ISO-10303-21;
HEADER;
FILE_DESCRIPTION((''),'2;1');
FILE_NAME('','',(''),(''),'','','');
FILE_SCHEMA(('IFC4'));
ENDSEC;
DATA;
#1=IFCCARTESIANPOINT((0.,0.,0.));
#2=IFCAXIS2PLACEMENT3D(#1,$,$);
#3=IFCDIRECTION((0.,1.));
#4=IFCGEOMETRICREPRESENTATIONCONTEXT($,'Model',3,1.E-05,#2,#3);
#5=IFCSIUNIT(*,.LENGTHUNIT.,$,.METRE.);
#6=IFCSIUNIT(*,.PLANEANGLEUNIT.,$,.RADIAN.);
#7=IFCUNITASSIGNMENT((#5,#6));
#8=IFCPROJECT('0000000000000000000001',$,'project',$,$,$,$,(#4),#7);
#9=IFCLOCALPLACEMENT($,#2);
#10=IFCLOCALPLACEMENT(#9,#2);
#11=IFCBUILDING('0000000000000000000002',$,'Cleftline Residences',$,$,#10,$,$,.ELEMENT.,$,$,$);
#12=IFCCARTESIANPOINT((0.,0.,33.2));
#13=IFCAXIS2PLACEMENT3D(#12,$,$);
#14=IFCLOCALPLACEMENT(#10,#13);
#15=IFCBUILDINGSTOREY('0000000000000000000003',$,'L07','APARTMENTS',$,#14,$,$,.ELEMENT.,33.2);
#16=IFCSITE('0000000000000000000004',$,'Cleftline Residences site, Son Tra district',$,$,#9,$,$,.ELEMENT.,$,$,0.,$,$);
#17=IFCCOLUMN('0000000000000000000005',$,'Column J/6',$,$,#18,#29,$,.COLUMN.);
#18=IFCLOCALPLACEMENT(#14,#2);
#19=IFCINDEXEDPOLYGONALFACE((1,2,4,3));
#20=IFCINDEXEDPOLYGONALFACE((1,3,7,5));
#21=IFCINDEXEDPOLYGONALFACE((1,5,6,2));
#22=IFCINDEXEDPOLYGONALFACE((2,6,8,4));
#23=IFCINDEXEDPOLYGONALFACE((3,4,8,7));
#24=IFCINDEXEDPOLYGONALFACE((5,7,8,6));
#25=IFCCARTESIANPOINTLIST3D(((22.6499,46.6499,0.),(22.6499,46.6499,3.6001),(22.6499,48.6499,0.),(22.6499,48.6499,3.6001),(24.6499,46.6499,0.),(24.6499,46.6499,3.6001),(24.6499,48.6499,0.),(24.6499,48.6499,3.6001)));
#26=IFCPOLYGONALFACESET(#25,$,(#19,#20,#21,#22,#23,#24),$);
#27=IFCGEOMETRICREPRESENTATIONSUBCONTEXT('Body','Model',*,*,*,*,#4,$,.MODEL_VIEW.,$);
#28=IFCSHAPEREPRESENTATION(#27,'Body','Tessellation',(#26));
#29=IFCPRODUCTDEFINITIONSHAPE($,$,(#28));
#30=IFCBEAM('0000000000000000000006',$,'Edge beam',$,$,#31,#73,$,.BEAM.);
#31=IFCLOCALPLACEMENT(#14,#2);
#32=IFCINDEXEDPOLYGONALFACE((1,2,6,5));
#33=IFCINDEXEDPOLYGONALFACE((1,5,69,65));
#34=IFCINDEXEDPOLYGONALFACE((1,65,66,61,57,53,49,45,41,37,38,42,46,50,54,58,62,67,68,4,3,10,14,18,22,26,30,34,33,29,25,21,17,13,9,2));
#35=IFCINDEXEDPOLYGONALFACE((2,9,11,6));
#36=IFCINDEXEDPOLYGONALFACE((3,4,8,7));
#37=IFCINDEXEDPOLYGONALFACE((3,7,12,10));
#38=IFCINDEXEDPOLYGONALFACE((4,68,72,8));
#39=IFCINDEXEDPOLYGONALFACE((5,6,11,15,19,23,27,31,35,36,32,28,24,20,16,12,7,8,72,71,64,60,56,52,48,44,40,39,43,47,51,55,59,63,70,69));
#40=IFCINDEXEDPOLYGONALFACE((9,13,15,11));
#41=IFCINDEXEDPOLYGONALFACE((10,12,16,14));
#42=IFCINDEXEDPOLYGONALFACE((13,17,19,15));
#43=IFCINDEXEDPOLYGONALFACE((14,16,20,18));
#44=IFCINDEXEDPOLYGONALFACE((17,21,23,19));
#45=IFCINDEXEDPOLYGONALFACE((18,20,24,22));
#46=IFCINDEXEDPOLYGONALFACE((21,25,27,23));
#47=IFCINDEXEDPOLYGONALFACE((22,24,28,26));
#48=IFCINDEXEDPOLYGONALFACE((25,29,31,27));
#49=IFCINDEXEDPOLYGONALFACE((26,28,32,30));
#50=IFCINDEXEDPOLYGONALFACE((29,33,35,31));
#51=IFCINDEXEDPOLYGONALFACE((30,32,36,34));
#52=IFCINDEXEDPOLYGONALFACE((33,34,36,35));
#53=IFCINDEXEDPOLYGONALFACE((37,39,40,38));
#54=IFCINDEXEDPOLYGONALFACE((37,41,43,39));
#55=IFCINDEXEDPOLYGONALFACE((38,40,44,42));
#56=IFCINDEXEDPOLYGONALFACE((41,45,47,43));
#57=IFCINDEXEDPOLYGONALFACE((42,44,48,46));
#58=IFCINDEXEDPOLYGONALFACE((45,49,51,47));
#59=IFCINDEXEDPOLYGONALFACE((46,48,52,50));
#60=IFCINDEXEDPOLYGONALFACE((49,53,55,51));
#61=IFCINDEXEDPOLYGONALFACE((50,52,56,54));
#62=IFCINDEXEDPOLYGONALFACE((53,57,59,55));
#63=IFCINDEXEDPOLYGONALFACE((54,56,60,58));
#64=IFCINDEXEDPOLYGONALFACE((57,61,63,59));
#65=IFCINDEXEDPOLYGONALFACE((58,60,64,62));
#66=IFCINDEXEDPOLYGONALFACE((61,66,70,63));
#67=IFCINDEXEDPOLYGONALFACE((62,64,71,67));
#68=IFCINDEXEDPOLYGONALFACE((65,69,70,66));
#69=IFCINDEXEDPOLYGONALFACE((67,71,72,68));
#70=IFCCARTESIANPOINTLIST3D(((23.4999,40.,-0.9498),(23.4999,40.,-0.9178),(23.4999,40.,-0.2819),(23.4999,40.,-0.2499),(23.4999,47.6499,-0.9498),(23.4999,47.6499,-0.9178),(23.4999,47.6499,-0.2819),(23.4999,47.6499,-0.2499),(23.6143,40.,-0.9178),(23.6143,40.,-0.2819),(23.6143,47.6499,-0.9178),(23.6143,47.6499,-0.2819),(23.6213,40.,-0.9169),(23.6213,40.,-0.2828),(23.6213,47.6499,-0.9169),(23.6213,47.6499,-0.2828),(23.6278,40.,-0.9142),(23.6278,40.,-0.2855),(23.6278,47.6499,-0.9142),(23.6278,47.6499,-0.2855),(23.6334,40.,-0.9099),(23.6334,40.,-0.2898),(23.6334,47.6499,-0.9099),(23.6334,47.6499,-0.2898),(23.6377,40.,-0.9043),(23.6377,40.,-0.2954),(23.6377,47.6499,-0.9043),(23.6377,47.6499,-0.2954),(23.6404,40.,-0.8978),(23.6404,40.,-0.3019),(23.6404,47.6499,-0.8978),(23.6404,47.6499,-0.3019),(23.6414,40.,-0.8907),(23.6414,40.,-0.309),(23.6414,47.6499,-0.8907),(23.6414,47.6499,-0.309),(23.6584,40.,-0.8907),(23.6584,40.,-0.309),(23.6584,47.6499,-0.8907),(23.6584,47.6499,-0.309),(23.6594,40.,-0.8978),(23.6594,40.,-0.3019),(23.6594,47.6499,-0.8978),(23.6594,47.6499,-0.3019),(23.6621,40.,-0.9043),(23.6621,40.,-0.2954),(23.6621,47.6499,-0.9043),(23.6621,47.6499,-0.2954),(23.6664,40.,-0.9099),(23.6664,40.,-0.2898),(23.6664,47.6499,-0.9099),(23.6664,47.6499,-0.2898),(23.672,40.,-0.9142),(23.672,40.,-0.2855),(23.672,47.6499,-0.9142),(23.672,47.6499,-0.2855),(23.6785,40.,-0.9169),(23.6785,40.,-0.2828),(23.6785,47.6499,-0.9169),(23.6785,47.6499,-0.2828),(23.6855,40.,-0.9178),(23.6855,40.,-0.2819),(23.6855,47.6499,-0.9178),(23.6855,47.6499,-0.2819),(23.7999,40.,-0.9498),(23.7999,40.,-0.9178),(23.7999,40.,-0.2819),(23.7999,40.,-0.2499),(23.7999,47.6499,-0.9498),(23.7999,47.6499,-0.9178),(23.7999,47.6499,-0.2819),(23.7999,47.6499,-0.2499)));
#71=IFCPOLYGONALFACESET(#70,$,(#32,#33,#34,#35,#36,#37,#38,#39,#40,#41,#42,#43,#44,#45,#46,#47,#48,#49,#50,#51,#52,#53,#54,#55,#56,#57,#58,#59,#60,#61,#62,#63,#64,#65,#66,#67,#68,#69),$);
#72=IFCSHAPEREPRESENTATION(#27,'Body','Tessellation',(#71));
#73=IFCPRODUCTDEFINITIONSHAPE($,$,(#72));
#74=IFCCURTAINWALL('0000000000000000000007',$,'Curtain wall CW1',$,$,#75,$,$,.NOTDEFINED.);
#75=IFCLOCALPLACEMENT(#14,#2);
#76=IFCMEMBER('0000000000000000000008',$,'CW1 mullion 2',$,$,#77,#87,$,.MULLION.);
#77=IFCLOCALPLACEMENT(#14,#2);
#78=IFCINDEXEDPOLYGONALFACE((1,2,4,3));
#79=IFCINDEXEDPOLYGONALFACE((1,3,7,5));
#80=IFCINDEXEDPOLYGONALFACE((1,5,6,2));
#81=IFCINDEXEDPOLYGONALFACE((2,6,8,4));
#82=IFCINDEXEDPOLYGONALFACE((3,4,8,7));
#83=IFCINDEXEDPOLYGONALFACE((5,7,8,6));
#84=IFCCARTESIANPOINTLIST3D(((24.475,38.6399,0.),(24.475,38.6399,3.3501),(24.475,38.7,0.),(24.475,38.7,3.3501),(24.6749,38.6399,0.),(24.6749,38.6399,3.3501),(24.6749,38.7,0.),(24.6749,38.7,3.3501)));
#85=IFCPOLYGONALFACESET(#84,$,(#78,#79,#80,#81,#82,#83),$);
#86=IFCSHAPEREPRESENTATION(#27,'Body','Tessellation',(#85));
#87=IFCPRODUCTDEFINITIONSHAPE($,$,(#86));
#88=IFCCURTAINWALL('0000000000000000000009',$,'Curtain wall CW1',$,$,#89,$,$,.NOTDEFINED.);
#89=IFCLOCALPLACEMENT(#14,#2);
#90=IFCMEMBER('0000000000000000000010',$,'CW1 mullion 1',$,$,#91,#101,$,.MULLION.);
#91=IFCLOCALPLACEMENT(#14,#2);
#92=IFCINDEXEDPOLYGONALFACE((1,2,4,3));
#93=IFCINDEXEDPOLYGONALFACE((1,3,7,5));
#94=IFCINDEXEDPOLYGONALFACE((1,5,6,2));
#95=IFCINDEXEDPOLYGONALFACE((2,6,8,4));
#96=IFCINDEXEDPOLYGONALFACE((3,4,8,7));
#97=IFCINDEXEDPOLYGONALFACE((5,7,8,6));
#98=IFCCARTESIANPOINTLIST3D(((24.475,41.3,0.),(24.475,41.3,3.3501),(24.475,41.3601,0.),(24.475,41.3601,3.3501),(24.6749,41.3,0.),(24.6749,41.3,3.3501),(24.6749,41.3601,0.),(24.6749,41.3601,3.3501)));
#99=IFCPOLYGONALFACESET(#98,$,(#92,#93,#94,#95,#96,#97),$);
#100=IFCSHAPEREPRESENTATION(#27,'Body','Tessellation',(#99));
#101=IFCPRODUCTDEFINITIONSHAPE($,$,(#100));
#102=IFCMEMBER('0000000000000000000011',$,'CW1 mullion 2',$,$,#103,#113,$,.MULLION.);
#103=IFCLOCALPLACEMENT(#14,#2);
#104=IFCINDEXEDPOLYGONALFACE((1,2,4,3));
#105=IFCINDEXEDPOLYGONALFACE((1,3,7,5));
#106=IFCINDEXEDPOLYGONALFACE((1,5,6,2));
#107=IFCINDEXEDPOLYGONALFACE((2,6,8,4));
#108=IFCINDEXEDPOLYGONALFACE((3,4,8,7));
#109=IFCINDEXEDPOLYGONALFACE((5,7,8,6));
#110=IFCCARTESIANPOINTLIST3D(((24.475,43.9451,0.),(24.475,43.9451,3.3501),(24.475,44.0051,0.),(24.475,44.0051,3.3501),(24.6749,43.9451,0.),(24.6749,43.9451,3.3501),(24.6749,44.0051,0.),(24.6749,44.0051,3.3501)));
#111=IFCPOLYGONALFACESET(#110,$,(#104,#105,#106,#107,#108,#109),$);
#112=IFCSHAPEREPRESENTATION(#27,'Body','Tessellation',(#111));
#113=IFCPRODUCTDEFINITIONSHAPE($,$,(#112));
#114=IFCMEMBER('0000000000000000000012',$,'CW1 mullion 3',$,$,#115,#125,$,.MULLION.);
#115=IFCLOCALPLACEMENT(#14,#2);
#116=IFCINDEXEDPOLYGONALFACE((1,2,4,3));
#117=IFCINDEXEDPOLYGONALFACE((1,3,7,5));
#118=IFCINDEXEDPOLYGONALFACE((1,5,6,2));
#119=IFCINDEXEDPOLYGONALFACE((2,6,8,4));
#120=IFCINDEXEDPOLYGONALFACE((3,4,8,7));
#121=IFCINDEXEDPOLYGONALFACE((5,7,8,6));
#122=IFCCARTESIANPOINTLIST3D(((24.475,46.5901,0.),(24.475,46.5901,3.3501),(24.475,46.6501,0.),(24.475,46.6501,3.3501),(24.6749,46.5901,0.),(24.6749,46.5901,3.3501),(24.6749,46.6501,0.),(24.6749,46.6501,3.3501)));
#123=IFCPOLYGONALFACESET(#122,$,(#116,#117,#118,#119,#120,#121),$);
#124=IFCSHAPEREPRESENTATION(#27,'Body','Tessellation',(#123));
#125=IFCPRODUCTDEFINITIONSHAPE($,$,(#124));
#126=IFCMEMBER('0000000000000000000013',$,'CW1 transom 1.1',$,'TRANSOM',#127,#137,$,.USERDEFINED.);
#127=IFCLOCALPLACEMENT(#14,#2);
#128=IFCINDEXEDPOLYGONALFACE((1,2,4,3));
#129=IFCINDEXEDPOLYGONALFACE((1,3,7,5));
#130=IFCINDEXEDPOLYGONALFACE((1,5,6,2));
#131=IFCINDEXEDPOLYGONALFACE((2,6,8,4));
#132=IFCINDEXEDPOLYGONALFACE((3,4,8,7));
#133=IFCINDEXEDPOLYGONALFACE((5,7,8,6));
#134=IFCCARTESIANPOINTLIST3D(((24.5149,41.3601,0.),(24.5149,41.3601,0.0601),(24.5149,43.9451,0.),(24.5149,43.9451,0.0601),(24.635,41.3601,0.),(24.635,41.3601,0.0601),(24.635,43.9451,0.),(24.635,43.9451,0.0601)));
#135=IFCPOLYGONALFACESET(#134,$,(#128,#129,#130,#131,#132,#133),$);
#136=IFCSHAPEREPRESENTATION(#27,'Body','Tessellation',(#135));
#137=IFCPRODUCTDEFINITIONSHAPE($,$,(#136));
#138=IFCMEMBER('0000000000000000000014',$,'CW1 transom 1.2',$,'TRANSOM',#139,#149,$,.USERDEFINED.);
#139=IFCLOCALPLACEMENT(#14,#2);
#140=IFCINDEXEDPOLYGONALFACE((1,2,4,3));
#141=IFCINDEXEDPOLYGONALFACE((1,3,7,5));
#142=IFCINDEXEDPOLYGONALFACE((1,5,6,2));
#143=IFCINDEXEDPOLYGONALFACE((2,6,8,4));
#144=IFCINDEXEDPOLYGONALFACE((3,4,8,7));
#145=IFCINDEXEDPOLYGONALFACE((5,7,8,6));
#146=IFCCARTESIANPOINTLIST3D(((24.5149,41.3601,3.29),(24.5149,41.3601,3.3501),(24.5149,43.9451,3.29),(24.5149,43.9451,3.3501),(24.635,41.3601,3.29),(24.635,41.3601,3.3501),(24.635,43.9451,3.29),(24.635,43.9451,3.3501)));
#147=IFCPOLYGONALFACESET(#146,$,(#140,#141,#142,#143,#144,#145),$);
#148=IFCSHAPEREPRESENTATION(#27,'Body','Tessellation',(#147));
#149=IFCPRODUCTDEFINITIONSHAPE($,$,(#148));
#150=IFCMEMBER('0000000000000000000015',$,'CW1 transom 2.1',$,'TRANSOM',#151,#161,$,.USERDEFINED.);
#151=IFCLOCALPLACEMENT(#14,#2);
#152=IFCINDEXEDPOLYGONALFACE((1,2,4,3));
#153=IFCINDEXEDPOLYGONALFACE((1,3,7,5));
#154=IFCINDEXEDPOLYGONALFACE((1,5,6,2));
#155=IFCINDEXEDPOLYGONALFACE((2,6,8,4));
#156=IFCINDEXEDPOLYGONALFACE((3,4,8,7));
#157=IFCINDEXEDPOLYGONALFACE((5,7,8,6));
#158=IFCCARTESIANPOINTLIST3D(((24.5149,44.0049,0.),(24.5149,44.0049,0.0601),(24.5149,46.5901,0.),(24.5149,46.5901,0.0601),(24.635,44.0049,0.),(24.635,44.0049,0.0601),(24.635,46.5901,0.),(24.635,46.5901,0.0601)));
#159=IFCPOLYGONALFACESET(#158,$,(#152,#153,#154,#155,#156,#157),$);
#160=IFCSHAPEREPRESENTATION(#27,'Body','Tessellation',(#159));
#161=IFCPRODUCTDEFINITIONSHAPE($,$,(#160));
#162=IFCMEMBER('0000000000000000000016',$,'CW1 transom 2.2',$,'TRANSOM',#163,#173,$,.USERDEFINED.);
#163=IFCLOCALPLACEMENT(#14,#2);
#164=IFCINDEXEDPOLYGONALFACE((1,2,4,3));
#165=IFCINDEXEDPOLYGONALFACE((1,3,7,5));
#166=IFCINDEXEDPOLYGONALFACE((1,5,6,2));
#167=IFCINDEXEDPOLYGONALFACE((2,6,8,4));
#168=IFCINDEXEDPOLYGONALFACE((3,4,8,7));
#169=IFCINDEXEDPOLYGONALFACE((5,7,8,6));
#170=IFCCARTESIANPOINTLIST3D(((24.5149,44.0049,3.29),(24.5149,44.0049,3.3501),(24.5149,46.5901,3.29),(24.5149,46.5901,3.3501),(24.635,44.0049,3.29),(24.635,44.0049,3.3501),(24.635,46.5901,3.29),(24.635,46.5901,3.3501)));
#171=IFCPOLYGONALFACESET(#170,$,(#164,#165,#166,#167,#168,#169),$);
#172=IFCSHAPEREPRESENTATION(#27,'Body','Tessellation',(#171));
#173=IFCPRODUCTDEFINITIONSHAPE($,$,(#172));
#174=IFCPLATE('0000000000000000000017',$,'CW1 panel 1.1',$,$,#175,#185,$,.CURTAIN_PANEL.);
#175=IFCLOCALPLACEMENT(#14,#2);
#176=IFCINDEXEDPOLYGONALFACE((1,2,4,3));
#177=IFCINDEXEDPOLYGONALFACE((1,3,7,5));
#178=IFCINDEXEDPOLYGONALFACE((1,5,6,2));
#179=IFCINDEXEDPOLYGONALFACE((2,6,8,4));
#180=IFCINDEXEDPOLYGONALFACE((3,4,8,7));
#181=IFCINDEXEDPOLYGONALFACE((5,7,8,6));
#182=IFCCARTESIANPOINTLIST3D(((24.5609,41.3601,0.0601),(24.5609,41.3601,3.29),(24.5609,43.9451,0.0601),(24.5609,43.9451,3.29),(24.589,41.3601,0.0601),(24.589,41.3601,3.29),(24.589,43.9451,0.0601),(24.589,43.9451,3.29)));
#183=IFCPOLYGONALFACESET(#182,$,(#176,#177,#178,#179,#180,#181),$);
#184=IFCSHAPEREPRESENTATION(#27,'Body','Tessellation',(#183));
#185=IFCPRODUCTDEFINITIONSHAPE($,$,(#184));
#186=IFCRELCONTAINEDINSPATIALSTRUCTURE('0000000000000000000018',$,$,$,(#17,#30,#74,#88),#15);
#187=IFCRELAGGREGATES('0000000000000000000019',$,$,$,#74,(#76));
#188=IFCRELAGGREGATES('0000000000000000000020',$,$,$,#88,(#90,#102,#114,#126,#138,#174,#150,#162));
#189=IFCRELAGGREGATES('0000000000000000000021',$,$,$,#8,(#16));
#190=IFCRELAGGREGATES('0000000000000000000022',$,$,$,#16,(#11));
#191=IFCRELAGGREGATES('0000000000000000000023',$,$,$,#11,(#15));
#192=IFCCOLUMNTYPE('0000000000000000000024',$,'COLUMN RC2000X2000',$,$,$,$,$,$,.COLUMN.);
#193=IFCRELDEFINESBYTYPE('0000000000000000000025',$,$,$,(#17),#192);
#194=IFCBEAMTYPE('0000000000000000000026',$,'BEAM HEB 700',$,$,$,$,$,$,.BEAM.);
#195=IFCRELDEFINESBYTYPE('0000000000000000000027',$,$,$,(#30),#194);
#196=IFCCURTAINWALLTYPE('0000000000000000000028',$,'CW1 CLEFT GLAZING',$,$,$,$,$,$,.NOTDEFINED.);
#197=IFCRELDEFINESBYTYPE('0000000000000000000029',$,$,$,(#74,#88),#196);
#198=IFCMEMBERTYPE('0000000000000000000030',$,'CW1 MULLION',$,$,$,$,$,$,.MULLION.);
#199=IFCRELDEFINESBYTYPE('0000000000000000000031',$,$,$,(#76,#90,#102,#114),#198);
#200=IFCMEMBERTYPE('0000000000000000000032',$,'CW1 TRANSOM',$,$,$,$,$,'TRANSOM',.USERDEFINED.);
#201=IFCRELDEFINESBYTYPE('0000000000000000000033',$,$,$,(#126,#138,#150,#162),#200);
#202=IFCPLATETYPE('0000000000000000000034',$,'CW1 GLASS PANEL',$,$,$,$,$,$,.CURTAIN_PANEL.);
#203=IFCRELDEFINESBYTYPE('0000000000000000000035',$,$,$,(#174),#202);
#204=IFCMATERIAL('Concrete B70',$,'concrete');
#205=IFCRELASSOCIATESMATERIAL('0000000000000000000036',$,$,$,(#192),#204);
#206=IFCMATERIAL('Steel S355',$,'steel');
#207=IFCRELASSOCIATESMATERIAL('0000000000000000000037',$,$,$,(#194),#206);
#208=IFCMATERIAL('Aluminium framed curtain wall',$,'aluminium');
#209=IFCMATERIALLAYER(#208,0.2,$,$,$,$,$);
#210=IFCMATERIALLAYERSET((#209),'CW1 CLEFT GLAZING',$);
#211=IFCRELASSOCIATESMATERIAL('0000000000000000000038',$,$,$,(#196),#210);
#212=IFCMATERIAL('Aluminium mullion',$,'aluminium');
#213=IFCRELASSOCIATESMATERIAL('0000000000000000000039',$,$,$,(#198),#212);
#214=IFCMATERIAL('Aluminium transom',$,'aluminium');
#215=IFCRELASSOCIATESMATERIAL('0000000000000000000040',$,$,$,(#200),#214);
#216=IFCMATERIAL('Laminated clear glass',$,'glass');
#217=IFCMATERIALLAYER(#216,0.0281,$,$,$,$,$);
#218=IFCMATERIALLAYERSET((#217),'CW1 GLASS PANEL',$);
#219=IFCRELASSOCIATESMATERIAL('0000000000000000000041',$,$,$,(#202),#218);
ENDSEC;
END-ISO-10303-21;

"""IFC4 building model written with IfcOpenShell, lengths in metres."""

from ifc_helpers import new_model, si_unit, direction, frame, origin, origin_2d, place, context, subcontext, project, spatial, rectangle, i_section, extrude, material, layer, layer_set, material_profile, profile_set, type_object, element, aggregate, save


model = new_model("IFC4")

# Units and contexts
model_context = context("Model", 3, precision=1e-05, world=origin(), true_north=direction((0.0, 1.0)))
body_context = subcontext(model_context, "Body", "Model", "MODEL_VIEW")
ifc_project = project(units=[si_unit("LENGTHUNIT", "METRE"), si_unit("PLANEANGLEUNIT", "RADIAN")], contexts=[model_context])

# Site, building, storey
site_placement = place(None, origin())
site = spatial("IfcSite", under=ifc_project, at=site_placement, Name="Cleftline Residences site, Son Tra district", CompositionType="ELEMENT", RefElevation=0.0)
building_placement = place(site_placement, origin())
building = spatial("IfcBuilding", under=site, at=building_placement, Name="Cleftline Residences", CompositionType="ELEMENT")
storey_placement = place(building_placement, frame((0.0, 0.0, 33.2)))
storey = spatial("IfcBuildingStorey", under=building, at=storey_placement, Name="L07", Description="APARTMENTS", CompositionType="ELEMENT", Elevation=33.2)

# Column
ifc_material_1 = material(Name="Concrete B70", Category="concrete")
ifc_material_profile_1 = material_profile(ifc_material_1, rectangle(XDim=2.0, YDim=2.0, at=origin_2d()))
ifc_profile_set_1 = profile_set([ifc_material_profile_1], Name="Concrete B70")
column_type = type_object("IfcColumnType", Name="COLUMN RC2000X2000", PredefinedType="COLUMN", material=ifc_profile_set_1)
column_placement = place(storey_placement, frame((23.6499, 47.6499, 0.0), z_axis=(0.0, 0.0, 1.0), x_axis=(1.0, 0.0, 0.0)))
element("IfcColumn", 1, at=column_placement, inside=storey, type_object=column_type, Name="Column J/6", PredefinedType="COLUMN", context=body_context, shape_type="SweptSolid", body=[
    extrude(rectangle(XDim=2.0, YDim=2.0, at=origin_2d()), origin(), (0.0, 0.0, 1.0), 3.6001),
])

# Beam
ifc_material_2 = material(Name="Steel S355", Category="steel")
ifc_material_profile_2 = material_profile(ifc_material_2, i_section(OverallWidth=0.3, OverallDepth=0.7, WebThickness=0.0171, FlangeThickness=0.032, FilletRadius=0.0271, at=origin_2d()))
ifc_profile_set_2 = profile_set([ifc_material_profile_2], Name="Steel S355")
beam_type = type_object("IfcBeamType", Name="BEAM HEB 700", PredefinedType="BEAM", material=ifc_profile_set_2)
beam_placement = place(storey_placement, frame((23.6499, 47.6499, -0.5999), z_axis=(0.0, -1.0, 0.0), x_axis=(1.0, 0.0, 0.0)))
element("IfcBeam", 2, at=beam_placement, inside=storey, type_object=beam_type, Name="Edge beam", PredefinedType="BEAM", context=body_context, shape_type="SweptSolid", body=[
    extrude(i_section(OverallWidth=0.3, OverallDepth=0.7, WebThickness=0.0171, FlangeThickness=0.032, FilletRadius=0.0271, at=origin_2d()), origin(), (0.0, 0.0, 1.0), 7.6499),
])

# Curtain wall, member
ifc_material_3 = material(Name="Aluminium framed curtain wall", Category="aluminium")
ifc_layer_1 = layer(ifc_material_3, 0.2)
ifc_layer_set_1 = layer_set([ifc_layer_1], Name="CW1 CLEFT GLAZING")
curtain_wall_type = type_object("IfcCurtainWallType", Name="CW1 CLEFT GLAZING", PredefinedType="NOTDEFINED", material=ifc_layer_set_1)
curtain_wall_1_placement = place(storey_placement, origin())
curtain_wall_1 = element("IfcCurtainWall", 3, at=curtain_wall_1_placement, inside=storey, type_object=curtain_wall_type, Name="Curtain wall CW1", PredefinedType="NOTDEFINED")
ifc_material_4 = material(Name="Aluminium mullion", Category="aluminium")
ifc_material_profile_3 = material_profile(ifc_material_4, rectangle(XDim=0.2, YDim=0.0601, at=origin_2d()))
ifc_profile_set_3 = profile_set([ifc_material_profile_3], Name="Aluminium mullion")
member_type_1 = type_object("IfcMemberType", Name="CW1 MULLION", PredefinedType="MULLION", material=ifc_profile_set_3)
member_1_placement = place(storey_placement, frame((24.575, 38.6699, 0.0), z_axis=(0.0, 0.0, 1.0), x_axis=(-1.0, 0.0, 0.0)))
member_1 = element("IfcMember", 4, at=member_1_placement, type_object=member_type_1, Name="CW1 mullion 2", PredefinedType="MULLION", context=body_context, shape_type="SweptSolid", body=[
    extrude(rectangle(XDim=0.2, YDim=0.0601, at=origin_2d()), origin(), (0.0, 0.0, 1.0), 3.3501),
])
aggregate(curtain_wall_1, [member_1])

# Curtain wall, members, plate
curtain_wall_2_placement = place(storey_placement, origin())
curtain_wall_2 = element("IfcCurtainWall", 5, at=curtain_wall_2_placement, inside=storey, type_object=curtain_wall_type, Name="Curtain wall CW1", PredefinedType="NOTDEFINED")
member_2_placement = place(storey_placement, frame((24.575, 41.3301, 0.0), z_axis=(0.0, 0.0, 1.0), x_axis=(-1.0, 0.0, 0.0)))
member_2 = element("IfcMember", 6, at=member_2_placement, type_object=member_type_1, Name="CW1 mullion 1", PredefinedType="MULLION", context=body_context, shape_type="SweptSolid", body=[
    extrude(rectangle(XDim=0.2, YDim=0.0601, at=origin_2d()), origin(), (0.0, 0.0, 1.0), 3.3501),
])
member_3_placement = place(storey_placement, frame((24.575, 43.9751, 0.0), z_axis=(0.0, 0.0, 1.0), x_axis=(-1.0, 0.0, 0.0)))
member_3 = element("IfcMember", 7, at=member_3_placement, type_object=member_type_1, Name="CW1 mullion 2", PredefinedType="MULLION", context=body_context, shape_type="SweptSolid", body=[
    extrude(rectangle(XDim=0.2, YDim=0.0601, at=origin_2d()), origin(), (0.0, 0.0, 1.0), 3.3501),
])
member_4_placement = place(storey_placement, frame((24.575, 46.6201, 0.0), z_axis=(0.0, 0.0, 1.0), x_axis=(-1.0, 0.0, 0.0)))
member_4 = element("IfcMember", 8, at=member_4_placement, type_object=member_type_1, Name="CW1 mullion 3", PredefinedType="MULLION", context=body_context, shape_type="SweptSolid", body=[
    extrude(rectangle(XDim=0.2, YDim=0.0601, at=origin_2d()), origin(), (0.0, 0.0, 1.0), 3.3501),
])
ifc_material_5 = material(Name="Aluminium transom", Category="aluminium")
ifc_material_profile_4 = material_profile(ifc_material_5, rectangle(XDim=0.1201, YDim=0.0601, at=origin_2d()))
ifc_profile_set_4 = profile_set([ifc_material_profile_4], Name="Aluminium transom")
member_type_2 = type_object("IfcMemberType", Name="CW1 TRANSOM", ElementType="TRANSOM", PredefinedType="USERDEFINED", material=ifc_profile_set_4)
member_5_placement = place(storey_placement, frame((24.575, 41.3601, 0.03), z_axis=(0.0, 1.0, 0.0), x_axis=(-1.0, 0.0, 0.0)))
member_5 = element("IfcMember", 9, at=member_5_placement, type_object=member_type_2, Name="CW1 transom 1.1", ObjectType="TRANSOM", PredefinedType="USERDEFINED", context=body_context, shape_type="SweptSolid", body=[
    extrude(rectangle(XDim=0.1201, YDim=0.0601, at=origin_2d()), origin(), (0.0, 0.0, 1.0), 2.585),
])
member_6_placement = place(storey_placement, frame((24.575, 41.3601, 3.3201), z_axis=(0.0, 1.0, 0.0), x_axis=(-1.0, 0.0, 0.0)))
member_6 = element("IfcMember", 10, at=member_6_placement, type_object=member_type_2, Name="CW1 transom 1.2", ObjectType="TRANSOM", PredefinedType="USERDEFINED", context=body_context, shape_type="SweptSolid", body=[
    extrude(rectangle(XDim=0.1201, YDim=0.0601, at=origin_2d()), origin(), (0.0, 0.0, 1.0), 2.585),
])
member_7_placement = place(storey_placement, frame((24.575, 44.0049, 0.03), z_axis=(0.0, 1.0, 0.0), x_axis=(-1.0, 0.0, 0.0)))
member_7 = element("IfcMember", 11, at=member_7_placement, type_object=member_type_2, Name="CW1 transom 2.1", ObjectType="TRANSOM", PredefinedType="USERDEFINED", context=body_context, shape_type="SweptSolid", body=[
    extrude(rectangle(XDim=0.1201, YDim=0.0601, at=origin_2d()), origin(), (0.0, 0.0, 1.0), 2.5852),
])
member_8_placement = place(storey_placement, frame((24.575, 44.0049, 3.3201), z_axis=(0.0, 1.0, 0.0), x_axis=(-1.0, 0.0, 0.0)))
member_8 = element("IfcMember", 12, at=member_8_placement, type_object=member_type_2, Name="CW1 transom 2.2", ObjectType="TRANSOM", PredefinedType="USERDEFINED", context=body_context, shape_type="SweptSolid", body=[
    extrude(rectangle(XDim=0.1201, YDim=0.0601, at=origin_2d()), origin(), (0.0, 0.0, 1.0), 2.5852),
])
ifc_material_6 = material(Name="Laminated clear glass", Category="glass")
ifc_layer_2 = layer(ifc_material_6, 0.0281)
ifc_layer_set_2 = layer_set([ifc_layer_2], Name="CW1 GLASS PANEL")
plate_type = type_object("IfcPlateType", Name="CW1 GLASS PANEL", PredefinedType="CURTAIN_PANEL", material=ifc_layer_set_2)
plate_1_placement = place(storey_placement, frame((24.575, 42.6526, 0.0601), z_axis=(0.0, 0.0, 1.0), x_axis=(0.0, 1.0, 0.0)))
plate_1 = element("IfcPlate", 13, at=plate_1_placement, type_object=plate_type, Name="CW1 panel 1.1", PredefinedType="CURTAIN_PANEL", context=body_context, shape_type="SweptSolid", body=[
    extrude(rectangle(XDim=2.585, YDim=0.0281, at=origin_2d()), origin(), (0.0, 0.0, 1.0), 3.23),
])
aggregate(curtain_wall_2, [member_2, member_3, member_4, member_5, member_6, plate_1, member_7, member_8])

save(model, "model.ifc")
